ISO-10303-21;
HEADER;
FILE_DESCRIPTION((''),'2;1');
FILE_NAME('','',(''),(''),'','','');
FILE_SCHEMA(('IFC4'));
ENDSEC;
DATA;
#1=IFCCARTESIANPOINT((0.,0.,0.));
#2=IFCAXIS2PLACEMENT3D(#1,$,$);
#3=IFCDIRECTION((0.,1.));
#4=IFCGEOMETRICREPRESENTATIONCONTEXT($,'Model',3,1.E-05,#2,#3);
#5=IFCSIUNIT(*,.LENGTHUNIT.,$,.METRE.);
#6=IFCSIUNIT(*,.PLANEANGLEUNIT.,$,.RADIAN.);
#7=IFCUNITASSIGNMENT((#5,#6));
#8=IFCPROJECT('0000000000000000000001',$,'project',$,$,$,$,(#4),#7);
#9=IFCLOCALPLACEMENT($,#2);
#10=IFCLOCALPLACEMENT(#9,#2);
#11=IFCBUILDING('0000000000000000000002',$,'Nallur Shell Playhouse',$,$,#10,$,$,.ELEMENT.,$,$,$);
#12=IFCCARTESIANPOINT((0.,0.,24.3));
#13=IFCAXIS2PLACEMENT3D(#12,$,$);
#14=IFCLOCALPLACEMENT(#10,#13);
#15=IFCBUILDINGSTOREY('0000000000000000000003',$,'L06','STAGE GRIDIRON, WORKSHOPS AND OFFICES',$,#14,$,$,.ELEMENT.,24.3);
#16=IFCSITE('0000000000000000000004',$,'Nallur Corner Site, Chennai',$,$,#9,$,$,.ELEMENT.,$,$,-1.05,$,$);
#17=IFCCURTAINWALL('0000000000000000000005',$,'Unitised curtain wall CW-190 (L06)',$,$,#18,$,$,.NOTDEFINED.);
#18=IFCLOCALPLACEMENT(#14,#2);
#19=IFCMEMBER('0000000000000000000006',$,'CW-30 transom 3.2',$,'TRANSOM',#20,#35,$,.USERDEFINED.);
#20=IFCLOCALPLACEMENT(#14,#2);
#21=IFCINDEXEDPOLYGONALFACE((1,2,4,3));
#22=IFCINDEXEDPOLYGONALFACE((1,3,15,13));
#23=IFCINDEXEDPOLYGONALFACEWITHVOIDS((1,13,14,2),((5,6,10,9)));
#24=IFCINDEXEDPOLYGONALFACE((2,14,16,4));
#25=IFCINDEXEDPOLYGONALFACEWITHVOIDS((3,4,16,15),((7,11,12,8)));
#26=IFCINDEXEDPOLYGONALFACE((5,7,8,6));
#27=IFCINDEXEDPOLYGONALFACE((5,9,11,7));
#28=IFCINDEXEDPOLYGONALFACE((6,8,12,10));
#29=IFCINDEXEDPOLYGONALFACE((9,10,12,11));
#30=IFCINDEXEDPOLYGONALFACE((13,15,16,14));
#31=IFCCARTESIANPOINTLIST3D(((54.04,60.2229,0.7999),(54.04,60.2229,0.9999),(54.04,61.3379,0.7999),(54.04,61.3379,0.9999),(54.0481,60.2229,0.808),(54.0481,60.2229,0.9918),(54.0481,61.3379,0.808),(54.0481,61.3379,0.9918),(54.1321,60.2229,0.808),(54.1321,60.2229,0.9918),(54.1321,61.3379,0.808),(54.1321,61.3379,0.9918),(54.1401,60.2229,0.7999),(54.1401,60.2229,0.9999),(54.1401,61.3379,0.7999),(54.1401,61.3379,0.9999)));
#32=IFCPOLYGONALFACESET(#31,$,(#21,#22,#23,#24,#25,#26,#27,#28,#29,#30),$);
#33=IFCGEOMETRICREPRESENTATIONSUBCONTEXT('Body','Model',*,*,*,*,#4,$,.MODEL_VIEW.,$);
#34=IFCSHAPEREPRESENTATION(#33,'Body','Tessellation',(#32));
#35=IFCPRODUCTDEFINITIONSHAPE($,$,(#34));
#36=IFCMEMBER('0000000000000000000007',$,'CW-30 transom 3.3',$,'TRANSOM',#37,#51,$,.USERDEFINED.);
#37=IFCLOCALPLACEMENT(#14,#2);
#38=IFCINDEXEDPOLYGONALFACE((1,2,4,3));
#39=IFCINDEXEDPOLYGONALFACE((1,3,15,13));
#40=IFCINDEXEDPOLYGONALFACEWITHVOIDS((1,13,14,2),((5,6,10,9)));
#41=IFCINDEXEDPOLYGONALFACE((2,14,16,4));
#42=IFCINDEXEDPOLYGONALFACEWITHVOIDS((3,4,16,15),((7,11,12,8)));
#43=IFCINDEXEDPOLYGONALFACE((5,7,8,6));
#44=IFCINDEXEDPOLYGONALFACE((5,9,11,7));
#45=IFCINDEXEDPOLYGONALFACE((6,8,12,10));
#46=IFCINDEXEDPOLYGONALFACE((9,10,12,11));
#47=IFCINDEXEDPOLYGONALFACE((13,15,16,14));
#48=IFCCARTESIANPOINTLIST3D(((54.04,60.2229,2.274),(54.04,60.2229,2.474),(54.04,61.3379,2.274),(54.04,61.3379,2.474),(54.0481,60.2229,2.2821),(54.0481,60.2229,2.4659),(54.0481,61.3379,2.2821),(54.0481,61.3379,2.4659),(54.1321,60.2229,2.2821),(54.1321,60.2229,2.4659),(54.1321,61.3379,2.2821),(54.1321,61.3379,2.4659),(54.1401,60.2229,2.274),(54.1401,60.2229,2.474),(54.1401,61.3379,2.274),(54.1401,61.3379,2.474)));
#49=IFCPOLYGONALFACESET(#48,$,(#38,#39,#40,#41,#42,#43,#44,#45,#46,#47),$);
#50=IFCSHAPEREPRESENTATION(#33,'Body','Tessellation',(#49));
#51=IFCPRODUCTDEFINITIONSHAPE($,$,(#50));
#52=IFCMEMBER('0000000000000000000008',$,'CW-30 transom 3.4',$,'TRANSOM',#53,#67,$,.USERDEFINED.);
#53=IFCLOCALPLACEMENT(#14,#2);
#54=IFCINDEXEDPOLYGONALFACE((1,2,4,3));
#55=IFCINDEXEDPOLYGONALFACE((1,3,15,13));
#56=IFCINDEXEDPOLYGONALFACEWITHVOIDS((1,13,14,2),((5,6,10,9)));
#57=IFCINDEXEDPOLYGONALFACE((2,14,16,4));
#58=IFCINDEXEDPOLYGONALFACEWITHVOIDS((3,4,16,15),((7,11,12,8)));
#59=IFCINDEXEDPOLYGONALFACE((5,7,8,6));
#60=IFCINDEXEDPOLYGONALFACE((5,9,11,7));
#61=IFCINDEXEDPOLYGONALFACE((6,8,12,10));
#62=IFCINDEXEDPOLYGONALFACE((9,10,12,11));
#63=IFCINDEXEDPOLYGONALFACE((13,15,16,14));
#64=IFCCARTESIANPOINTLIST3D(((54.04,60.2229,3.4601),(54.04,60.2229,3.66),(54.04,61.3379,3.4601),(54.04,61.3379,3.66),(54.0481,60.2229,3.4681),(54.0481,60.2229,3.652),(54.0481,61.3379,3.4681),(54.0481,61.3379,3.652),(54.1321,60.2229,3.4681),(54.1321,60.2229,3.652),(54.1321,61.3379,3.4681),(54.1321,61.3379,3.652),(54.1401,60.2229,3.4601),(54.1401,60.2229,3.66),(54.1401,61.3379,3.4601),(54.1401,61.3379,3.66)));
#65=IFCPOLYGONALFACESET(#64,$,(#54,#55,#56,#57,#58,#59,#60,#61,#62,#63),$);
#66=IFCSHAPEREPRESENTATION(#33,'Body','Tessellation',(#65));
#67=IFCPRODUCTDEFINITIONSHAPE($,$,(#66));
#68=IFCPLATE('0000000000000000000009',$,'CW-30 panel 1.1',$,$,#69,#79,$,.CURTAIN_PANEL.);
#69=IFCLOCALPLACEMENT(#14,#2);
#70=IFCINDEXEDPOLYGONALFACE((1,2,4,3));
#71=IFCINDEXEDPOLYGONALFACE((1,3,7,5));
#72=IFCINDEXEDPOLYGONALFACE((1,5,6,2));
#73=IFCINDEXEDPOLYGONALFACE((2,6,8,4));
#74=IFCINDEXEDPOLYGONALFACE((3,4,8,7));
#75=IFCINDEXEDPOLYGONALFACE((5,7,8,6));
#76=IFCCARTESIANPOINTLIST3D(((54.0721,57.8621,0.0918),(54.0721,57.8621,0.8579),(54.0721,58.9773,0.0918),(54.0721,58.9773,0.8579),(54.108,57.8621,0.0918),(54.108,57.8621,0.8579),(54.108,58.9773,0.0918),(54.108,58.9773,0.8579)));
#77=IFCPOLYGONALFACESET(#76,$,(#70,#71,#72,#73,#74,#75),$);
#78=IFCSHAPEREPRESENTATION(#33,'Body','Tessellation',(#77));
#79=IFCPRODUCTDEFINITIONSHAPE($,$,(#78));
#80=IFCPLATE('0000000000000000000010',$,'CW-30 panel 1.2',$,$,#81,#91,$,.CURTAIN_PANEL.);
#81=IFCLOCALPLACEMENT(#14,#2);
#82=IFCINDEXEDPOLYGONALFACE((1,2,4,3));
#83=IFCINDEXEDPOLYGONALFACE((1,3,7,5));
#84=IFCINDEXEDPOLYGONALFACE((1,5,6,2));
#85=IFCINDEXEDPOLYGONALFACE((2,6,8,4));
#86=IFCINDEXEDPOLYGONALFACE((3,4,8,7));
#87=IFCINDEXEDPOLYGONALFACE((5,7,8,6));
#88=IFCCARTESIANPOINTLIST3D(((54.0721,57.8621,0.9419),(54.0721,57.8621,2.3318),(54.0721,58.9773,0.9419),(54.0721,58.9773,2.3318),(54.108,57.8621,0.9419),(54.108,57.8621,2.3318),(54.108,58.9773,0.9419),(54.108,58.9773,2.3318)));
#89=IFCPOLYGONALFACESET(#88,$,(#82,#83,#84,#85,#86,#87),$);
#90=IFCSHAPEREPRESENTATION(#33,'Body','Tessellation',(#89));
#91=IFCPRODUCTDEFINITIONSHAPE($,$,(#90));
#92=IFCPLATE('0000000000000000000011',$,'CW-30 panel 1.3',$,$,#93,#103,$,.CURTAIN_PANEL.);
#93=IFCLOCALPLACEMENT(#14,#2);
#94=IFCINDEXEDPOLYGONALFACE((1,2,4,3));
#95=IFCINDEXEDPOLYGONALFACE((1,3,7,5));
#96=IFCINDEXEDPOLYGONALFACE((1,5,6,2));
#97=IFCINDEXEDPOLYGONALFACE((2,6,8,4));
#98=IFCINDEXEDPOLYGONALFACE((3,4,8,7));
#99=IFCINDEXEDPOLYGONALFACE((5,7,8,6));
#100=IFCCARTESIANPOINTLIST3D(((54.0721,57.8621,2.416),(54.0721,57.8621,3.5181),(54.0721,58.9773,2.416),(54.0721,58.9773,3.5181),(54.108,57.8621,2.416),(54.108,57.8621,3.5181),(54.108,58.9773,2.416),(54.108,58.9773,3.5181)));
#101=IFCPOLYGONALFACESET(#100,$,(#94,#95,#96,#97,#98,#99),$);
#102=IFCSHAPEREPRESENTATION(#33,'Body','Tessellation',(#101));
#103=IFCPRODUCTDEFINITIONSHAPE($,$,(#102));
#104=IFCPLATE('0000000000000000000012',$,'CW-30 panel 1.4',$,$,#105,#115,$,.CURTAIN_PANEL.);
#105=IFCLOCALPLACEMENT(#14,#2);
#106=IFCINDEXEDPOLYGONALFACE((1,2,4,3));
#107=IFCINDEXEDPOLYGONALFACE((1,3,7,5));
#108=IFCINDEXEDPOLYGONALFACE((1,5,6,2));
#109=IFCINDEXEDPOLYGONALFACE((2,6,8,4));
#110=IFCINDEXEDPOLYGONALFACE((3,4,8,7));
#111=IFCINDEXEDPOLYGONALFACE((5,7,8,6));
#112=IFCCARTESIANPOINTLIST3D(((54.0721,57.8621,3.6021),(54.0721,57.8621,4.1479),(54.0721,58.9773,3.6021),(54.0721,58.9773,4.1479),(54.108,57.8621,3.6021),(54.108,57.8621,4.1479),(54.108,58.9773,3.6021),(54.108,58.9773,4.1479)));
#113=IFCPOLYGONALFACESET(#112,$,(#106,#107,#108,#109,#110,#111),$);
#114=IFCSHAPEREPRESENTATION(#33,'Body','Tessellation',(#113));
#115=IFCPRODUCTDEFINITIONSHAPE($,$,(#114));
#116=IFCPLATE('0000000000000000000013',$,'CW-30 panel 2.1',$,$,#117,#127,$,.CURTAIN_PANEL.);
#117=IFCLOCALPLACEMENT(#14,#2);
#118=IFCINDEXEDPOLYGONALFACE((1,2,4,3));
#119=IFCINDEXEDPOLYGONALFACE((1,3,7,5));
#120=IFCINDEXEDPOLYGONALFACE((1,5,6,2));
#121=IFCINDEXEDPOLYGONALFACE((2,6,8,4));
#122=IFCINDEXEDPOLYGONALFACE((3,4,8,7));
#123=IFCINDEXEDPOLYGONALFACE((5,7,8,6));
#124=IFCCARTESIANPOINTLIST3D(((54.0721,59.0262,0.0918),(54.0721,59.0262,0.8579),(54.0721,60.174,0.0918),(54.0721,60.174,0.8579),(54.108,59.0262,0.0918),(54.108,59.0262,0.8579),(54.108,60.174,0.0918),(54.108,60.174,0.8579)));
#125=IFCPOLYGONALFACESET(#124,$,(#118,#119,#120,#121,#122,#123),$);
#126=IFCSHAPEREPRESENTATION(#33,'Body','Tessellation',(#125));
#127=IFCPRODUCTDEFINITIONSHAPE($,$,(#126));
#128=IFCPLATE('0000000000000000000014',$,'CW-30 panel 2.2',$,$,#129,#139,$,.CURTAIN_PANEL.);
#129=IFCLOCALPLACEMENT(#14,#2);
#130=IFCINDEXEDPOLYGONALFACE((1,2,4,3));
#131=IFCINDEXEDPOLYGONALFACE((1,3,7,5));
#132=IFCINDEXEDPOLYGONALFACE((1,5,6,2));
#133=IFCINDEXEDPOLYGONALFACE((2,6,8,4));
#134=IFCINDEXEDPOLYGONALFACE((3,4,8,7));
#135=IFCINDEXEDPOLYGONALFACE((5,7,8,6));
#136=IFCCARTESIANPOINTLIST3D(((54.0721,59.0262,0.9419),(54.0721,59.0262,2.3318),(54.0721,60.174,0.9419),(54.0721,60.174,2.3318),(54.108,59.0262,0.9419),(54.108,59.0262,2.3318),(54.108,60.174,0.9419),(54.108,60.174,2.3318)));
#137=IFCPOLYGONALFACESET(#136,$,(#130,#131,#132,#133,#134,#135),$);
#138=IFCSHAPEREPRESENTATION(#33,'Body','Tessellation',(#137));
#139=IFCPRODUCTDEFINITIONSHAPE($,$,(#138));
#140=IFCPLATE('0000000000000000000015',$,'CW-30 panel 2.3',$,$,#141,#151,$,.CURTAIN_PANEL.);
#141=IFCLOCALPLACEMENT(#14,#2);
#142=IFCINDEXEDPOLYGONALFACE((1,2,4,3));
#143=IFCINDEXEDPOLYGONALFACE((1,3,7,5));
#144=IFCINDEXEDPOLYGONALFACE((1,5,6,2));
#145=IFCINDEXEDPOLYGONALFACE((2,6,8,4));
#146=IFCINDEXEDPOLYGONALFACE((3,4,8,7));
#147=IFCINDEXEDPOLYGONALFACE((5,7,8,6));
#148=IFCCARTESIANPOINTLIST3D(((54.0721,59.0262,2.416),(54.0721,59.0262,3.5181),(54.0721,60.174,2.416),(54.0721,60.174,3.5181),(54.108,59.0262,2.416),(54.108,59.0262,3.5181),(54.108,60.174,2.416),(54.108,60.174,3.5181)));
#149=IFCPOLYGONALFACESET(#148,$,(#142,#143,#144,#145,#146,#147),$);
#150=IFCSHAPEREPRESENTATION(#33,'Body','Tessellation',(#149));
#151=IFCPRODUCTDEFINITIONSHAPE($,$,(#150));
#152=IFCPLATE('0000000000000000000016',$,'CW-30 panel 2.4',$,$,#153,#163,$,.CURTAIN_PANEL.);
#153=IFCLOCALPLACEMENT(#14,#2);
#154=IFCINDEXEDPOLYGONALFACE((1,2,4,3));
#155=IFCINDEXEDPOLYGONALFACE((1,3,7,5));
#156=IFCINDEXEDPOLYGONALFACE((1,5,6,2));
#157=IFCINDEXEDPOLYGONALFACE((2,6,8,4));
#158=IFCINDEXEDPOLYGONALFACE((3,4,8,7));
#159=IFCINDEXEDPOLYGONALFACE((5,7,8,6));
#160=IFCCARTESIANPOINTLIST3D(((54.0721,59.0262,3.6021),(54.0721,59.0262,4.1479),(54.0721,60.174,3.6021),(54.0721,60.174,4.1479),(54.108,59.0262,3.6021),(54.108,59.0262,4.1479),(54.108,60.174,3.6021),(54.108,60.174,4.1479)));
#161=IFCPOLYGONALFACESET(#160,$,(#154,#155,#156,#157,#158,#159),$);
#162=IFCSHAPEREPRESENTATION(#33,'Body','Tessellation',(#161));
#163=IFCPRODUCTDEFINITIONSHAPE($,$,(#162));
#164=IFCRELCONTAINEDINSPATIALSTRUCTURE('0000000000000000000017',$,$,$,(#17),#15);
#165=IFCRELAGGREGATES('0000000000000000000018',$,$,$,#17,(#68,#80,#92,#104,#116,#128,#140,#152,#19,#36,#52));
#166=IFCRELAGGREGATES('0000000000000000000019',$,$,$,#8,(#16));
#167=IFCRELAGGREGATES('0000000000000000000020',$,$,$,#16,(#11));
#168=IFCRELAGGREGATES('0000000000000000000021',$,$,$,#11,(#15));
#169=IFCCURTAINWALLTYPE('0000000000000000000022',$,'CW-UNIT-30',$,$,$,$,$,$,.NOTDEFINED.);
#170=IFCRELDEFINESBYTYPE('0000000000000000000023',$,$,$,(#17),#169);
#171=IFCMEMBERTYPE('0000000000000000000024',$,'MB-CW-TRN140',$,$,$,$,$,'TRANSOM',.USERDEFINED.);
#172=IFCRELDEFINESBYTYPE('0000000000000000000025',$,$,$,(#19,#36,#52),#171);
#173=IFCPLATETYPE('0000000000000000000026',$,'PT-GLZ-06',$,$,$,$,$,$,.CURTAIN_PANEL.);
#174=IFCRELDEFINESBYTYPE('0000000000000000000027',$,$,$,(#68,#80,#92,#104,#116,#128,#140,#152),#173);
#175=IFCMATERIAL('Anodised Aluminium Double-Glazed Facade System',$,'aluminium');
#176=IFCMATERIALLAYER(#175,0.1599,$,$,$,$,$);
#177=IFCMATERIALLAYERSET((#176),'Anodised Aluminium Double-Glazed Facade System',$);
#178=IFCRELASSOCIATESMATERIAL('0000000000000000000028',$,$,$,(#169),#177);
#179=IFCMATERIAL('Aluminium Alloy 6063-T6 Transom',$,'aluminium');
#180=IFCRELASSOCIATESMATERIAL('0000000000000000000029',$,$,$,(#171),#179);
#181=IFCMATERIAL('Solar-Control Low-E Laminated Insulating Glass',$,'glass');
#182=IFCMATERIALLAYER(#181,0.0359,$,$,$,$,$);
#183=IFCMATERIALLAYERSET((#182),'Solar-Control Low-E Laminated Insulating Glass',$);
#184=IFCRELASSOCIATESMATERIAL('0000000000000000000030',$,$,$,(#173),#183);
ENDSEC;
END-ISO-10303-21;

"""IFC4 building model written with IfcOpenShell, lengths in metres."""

from ifc_helpers import new_model, si_unit, direction, frame, origin, origin_2d, place, context, subcontext, project, spatial, rectangle, hollow_rectangle, extrude, material, layer, layer_set, material_profile, profile_set, type_object, element, aggregate, save


model = new_model("IFC4")

# Units and contexts
model_context = context("Model", 3, precision=1e-05, world=origin(), true_north=direction((0.0, 1.0)))
body_context = subcontext(model_context, "Body", "Model", "MODEL_VIEW")
ifc_project = project(units=[si_unit("LENGTHUNIT", "METRE"), si_unit("PLANEANGLEUNIT", "RADIAN")], contexts=[model_context])

# Site, building, storey
site_placement = place(None, origin())
site = spatial("IfcSite", under=ifc_project, at=site_placement, Name="Nallur Corner Site, Chennai", CompositionType="ELEMENT", RefElevation=-1.05)
building_placement = place(site_placement, origin())
building = spatial("IfcBuilding", under=site, at=building_placement, Name="Nallur Shell Playhouse", CompositionType="ELEMENT")
storey_placement = place(building_placement, frame((0.0, 0.0, 24.3)))
storey = spatial("IfcBuildingStorey", under=building, at=storey_placement, Name="L06", Description="STAGE GRIDIRON, WORKSHOPS AND OFFICES", CompositionType="ELEMENT", Elevation=24.3)

# Curtain wall, members, plates
ifc_material_1 = material(Name="Anodised Aluminium Double-Glazed Facade System", Category="aluminium")
ifc_layer_1 = layer(ifc_material_1, 0.1599)
ifc_layer_set_1 = layer_set([ifc_layer_1], Name="Anodised Aluminium Double-Glazed Facade System")
curtain_wall_type = type_object("IfcCurtainWallType", Name="CW-UNIT-30", PredefinedType="NOTDEFINED", material=ifc_layer_set_1)
curtain_wall_placement = place(storey_placement, origin())
curtain_wall = element("IfcCurtainWall", 1, at=curtain_wall_placement, inside=storey, type_object=curtain_wall_type, Name="Unitised curtain wall CW-190 (L06)", PredefinedType="NOTDEFINED")
ifc_material_2 = material(Name="Aluminium Alloy 6063-T6 Transom", Category="aluminium")
ifc_material_profile_1 = material_profile(ifc_material_2, hollow_rectangle(XDim=0.1001, YDim=0.2, WallThickness=0.0081, at=origin_2d()), Name="RHS 200x100x8")
ifc_profile_set_1 = profile_set([ifc_material_profile_1], Name="Aluminium Alloy 6063-T6 Transom")
member_type_1 = type_object("IfcMemberType", Name="MB-CW-TRN140", ElementType="TRANSOM", PredefinedType="USERDEFINED", material=ifc_profile_set_1)
member_1_placement = place(storey_placement, frame((54.0901, 60.2229, 0.8999), z_axis=(0.0, 1.0, 0.0), x_axis=(-1.0, 0.0, 0.0)))
member_1 = element("IfcMember", 2, at=member_1_placement, type_object=member_type_1, Name="CW-30 transom 3.2", ObjectType="TRANSOM", PredefinedType="USERDEFINED", context=body_context, shape_type="SweptSolid", body=[
    extrude(hollow_rectangle(XDim=0.1001, YDim=0.2, WallThickness=0.0081, at=origin_2d()), origin(), (0.0, 0.0, 1.0), 1.115),
])
member_2_placement = place(storey_placement, frame((54.0901, 60.2229, 2.374), z_axis=(0.0, 1.0, 0.0), x_axis=(-1.0, 0.0, 0.0)))
member_2 = element("IfcMember", 3, at=member_2_placement, type_object=member_type_1, Name="CW-30 transom 3.3", ObjectType="TRANSOM", PredefinedType="USERDEFINED", context=body_context, shape_type="SweptSolid", body=[
    extrude(hollow_rectangle(XDim=0.1001, YDim=0.2, WallThickness=0.0081, at=origin_2d()), origin(), (0.0, 0.0, 1.0), 1.115),
])
member_3_placement = place(storey_placement, frame((54.0901, 60.2229, 3.5601), z_axis=(0.0, 1.0, 0.0), x_axis=(-1.0, 0.0, 0.0)))
member_3 = element("IfcMember", 4, at=member_3_placement, type_object=member_type_1, Name="CW-30 transom 3.4", ObjectType="TRANSOM", PredefinedType="USERDEFINED", context=body_context, shape_type="SweptSolid", body=[
    extrude(hollow_rectangle(XDim=0.1001, YDim=0.2, WallThickness=0.0081, at=origin_2d()), origin(), (0.0, 0.0, 1.0), 1.115),
])
ifc_material_3 = material(Name="Solar-Control Low-E Laminated Insulating Glass", Category="glass")
ifc_layer_2 = layer(ifc_material_3, 0.0359)
ifc_layer_set_2 = layer_set([ifc_layer_2], Name="Solar-Control Low-E Laminated Insulating Glass")
plate_type = type_object("IfcPlateType", Name="PT-GLZ-06", PredefinedType="CURTAIN_PANEL", material=ifc_layer_set_2)
plate_1_placement = place(storey_placement, frame((54.0901, 58.4197, 0.0918), z_axis=(0.0, 0.0, 1.0), x_axis=(0.0, 1.0, 0.0)))
plate_1 = element("IfcPlate", 5, at=plate_1_placement, type_object=plate_type, Name="CW-30 panel 1.1", PredefinedType="CURTAIN_PANEL", context=body_context, shape_type="SweptSolid", body=[
    extrude(rectangle(XDim=1.1152, YDim=0.0359, at=origin_2d()), origin(), (0.0, 0.0, 1.0), 0.7661),
])
plate_2_placement = place(storey_placement, frame((54.0901, 58.4197, 0.9419), z_axis=(0.0, 0.0, 1.0), x_axis=(0.0, 1.0, 0.0)))
plate_2 = element("IfcPlate", 6, at=plate_2_placement, type_object=plate_type, Name="CW-30 panel 1.2", PredefinedType="CURTAIN_PANEL", context=body_context, shape_type="SweptSolid", body=[
    extrude(rectangle(XDim=1.1152, YDim=0.0359, at=origin_2d()), origin(), (0.0, 0.0, 1.0), 1.3899),
])
plate_3_placement = place(storey_placement, frame((54.0901, 58.4197, 2.416), z_axis=(0.0, 0.0, 1.0), x_axis=(0.0, 1.0, 0.0)))
plate_3 = element("IfcPlate", 7, at=plate_3_placement, type_object=plate_type, Name="CW-30 panel 1.3", PredefinedType="CURTAIN_PANEL", context=body_context, shape_type="SweptSolid", body=[
    extrude(rectangle(XDim=1.1152, YDim=0.0359, at=origin_2d()), origin(), (0.0, 0.0, 1.0), 1.1021),
])
plate_4_placement = place(storey_placement, frame((54.0901, 58.4197, 3.6021), z_axis=(0.0, 0.0, 1.0), x_axis=(0.0, 1.0, 0.0)))
plate_4 = element("IfcPlate", 8, at=plate_4_placement, type_object=plate_type, Name="CW-30 panel 1.4", PredefinedType="CURTAIN_PANEL", context=body_context, shape_type="SweptSolid", body=[
    extrude(rectangle(XDim=1.1152, YDim=0.0359, at=origin_2d()), origin(), (0.0, 0.0, 1.0), 0.5459),
])
plate_5_placement = place(storey_placement, frame((54.0901, 59.6001, 0.0918), z_axis=(0.0, 0.0, 1.0), x_axis=(0.0, 1.0, 0.0)))
plate_5 = element("IfcPlate", 9, at=plate_5_placement, type_object=plate_type, Name="CW-30 panel 2.1", PredefinedType="CURTAIN_PANEL", context=body_context, shape_type="SweptSolid", body=[
    extrude(rectangle(XDim=1.1477, YDim=0.0359, at=origin_2d()), origin(), (0.0, 0.0, 1.0), 0.7661),
])
plate_6_placement = place(storey_placement, frame((54.0901, 59.6001, 0.9419), z_axis=(0.0, 0.0, 1.0), x_axis=(0.0, 1.0, 0.0)))
plate_6 = element("IfcPlate", 10, at=plate_6_placement, type_object=plate_type, Name="CW-30 panel 2.2", PredefinedType="CURTAIN_PANEL", context=body_context, shape_type="SweptSolid", body=[
    extrude(rectangle(XDim=1.1477, YDim=0.0359, at=origin_2d()), origin(), (0.0, 0.0, 1.0), 1.3899),
])
plate_7_placement = place(storey_placement, frame((54.0901, 59.6001, 2.416), z_axis=(0.0, 0.0, 1.0), x_axis=(0.0, 1.0, 0.0)))
plate_7 = element("IfcPlate", 11, at=plate_7_placement, type_object=plate_type, Name="CW-30 panel 2.3", PredefinedType="CURTAIN_PANEL", context=body_context, shape_type="SweptSolid", body=[
    extrude(rectangle(XDim=1.1477, YDim=0.0359, at=origin_2d()), origin(), (0.0, 0.0, 1.0), 1.1021),
])
plate_8_placement = place(storey_placement, frame((54.0901, 59.6001, 3.6021), z_axis=(0.0, 0.0, 1.0), x_axis=(0.0, 1.0, 0.0)))
plate_8 = element("IfcPlate", 12, at=plate_8_placement, type_object=plate_type, Name="CW-30 panel 2.4", PredefinedType="CURTAIN_PANEL", context=body_context, shape_type="SweptSolid", body=[
    extrude(rectangle(XDim=1.1477, YDim=0.0359, at=origin_2d()), origin(), (0.0, 0.0, 1.0), 0.5459),
])
aggregate(curtain_wall, [plate_1, plate_2, plate_3, plate_4, plate_5, plate_6, plate_7, plate_8, member_1, member_2, member_3])

save(model, "model.ifc")
